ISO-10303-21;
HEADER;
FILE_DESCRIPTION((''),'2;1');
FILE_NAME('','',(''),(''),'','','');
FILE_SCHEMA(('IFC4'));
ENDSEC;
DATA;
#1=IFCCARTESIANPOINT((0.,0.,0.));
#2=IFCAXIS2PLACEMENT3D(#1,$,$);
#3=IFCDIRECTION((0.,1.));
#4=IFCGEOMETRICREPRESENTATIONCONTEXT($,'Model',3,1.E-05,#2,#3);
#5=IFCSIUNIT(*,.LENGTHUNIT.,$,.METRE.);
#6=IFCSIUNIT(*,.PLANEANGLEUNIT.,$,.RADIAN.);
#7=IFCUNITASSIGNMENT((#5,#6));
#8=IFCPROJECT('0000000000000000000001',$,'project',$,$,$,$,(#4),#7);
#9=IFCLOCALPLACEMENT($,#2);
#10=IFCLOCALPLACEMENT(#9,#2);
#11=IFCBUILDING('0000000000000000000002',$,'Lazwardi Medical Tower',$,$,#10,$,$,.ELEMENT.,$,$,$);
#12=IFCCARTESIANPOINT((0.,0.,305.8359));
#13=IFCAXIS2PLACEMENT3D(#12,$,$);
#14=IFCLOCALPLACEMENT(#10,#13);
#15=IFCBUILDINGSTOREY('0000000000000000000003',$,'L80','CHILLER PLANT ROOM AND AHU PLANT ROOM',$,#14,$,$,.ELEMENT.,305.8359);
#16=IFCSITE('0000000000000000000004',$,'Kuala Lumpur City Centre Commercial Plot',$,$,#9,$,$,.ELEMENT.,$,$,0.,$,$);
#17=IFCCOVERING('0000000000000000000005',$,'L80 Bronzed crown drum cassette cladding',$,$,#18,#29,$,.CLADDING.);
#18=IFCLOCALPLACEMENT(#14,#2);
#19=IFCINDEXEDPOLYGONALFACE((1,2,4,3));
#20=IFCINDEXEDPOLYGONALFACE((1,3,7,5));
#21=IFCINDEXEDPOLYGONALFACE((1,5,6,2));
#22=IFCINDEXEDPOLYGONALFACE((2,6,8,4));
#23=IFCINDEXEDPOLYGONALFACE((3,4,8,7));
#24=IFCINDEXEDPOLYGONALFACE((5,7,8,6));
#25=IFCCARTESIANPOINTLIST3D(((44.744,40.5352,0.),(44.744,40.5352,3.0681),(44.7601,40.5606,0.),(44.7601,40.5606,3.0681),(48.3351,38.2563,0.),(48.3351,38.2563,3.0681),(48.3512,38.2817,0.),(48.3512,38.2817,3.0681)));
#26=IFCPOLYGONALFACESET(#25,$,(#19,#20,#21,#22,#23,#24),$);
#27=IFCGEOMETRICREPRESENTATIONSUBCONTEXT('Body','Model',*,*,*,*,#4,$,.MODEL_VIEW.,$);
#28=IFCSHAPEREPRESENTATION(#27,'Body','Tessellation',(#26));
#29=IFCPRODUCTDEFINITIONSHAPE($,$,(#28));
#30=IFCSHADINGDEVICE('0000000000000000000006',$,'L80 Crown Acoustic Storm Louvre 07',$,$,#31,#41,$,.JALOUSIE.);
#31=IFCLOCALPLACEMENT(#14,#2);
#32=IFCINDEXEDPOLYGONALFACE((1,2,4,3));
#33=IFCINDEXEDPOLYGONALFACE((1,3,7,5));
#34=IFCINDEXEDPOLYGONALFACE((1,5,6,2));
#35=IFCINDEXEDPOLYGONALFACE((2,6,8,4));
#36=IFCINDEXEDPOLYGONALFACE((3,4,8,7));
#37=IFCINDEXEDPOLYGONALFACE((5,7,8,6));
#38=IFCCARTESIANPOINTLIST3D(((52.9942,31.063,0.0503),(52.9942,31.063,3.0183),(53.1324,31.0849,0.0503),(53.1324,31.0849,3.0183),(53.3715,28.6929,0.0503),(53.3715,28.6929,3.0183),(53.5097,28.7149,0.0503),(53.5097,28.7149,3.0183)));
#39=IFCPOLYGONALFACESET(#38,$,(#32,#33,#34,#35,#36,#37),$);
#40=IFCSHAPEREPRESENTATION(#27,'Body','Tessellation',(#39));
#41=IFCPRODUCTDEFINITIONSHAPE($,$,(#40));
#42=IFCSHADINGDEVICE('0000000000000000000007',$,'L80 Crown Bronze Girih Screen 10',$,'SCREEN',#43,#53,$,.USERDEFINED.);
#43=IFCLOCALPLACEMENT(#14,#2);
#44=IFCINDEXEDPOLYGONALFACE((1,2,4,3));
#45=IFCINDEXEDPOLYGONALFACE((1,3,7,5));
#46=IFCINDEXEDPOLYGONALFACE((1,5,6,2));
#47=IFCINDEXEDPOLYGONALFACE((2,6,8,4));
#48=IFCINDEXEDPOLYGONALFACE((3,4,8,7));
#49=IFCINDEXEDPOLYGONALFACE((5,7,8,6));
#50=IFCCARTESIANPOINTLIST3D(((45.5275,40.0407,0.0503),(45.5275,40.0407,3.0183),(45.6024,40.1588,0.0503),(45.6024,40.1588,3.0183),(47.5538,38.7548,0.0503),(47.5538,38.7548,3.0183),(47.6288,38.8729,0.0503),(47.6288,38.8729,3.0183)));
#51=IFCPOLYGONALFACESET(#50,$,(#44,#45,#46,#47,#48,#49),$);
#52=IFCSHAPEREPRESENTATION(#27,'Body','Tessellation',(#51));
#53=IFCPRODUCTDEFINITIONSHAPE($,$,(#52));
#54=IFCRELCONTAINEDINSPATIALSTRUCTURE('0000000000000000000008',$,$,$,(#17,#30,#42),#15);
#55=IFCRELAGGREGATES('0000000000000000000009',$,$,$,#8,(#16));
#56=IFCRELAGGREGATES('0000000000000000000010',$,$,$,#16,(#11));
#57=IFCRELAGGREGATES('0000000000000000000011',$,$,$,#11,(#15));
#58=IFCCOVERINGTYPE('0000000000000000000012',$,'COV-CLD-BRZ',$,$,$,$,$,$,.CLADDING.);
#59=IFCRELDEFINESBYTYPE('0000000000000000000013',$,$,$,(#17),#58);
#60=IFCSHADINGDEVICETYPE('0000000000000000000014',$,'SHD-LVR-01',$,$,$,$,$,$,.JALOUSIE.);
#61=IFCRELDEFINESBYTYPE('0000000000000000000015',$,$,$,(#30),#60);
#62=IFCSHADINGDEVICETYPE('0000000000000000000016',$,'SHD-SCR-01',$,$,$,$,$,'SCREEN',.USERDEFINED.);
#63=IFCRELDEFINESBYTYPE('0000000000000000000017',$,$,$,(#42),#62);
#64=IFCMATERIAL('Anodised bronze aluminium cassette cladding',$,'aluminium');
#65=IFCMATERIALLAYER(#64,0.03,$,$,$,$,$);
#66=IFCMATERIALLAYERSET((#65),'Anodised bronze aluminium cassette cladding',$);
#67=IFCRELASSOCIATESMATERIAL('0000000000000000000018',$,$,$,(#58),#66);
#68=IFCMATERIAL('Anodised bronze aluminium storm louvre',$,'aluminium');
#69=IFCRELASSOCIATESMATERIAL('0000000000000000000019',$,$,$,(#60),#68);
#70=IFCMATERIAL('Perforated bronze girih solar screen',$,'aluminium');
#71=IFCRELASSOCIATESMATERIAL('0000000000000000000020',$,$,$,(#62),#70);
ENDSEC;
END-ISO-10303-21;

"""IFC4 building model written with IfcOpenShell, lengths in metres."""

from ifc_helpers import new_model, si_unit, direction, frame, origin, origin_2d, place, context, subcontext, project, spatial, rectangle, extrude, material, layer, layer_set, type_object, element, save


model = new_model("IFC4")

# Units and contexts
model_context = context("Model", 3, precision=1e-05, world=origin(), true_north=direction((0.0, 1.0)))
body_context = subcontext(model_context, "Body", "Model", "MODEL_VIEW")
ifc_project = project(units=[si_unit("LENGTHUNIT", "METRE"), si_unit("PLANEANGLEUNIT", "RADIAN")], contexts=[model_context])

# Site, building, storey
site_placement = place(None, origin())
site = spatial("IfcSite", under=ifc_project, at=site_placement, Name="Kuala Lumpur City Centre Commercial Plot", CompositionType="ELEMENT", RefElevation=0.0)
building_placement = place(site_placement, origin())
building = spatial("IfcBuilding", under=site, at=building_placement, Name="Lazwardi Medical Tower", CompositionType="ELEMENT")
storey_placement = place(building_placement, frame((0.0, 0.0, 305.8359)))
storey = spatial("IfcBuildingStorey", under=building, at=storey_placement, Name="L80", Description="CHILLER PLANT ROOM AND AHU PLANT ROOM", CompositionType="ELEMENT", Elevation=305.8359)

# Covering
ifc_material_1 = material(Name="Anodised bronze aluminium cassette cladding", Category="aluminium")
ifc_layer_1 = layer(ifc_material_1, 0.03)
ifc_layer_set_1 = layer_set([ifc_layer_1], Name="Anodised bronze aluminium cassette cladding")
covering_type = type_object("IfcCoveringType", Name="COV-CLD-BRZ", PredefinedType="CLADDING", material=ifc_layer_set_1)
covering_1_placement = place(storey_placement, frame((46.5476, 39.4084, 0.0), z_axis=(0.0, 0.0, 1.0), x_axis=(-0.844343, 0.535803, 0.0)))
element("IfcCovering", 1, at=covering_1_placement, inside=storey, type_object=covering_type, Name="L80 Bronzed crown drum cassette cladding", PredefinedType="CLADDING", context=body_context, shape_type="SweptSolid", body=[
    extrude(rectangle(XDim=4.2532, YDim=0.03, at=origin_2d()), origin(), (0.0, 0.0, 1.0), 3.0681),
])

# Shading devices
ifc_material_2 = material(Name="Anodised bronze aluminium storm louvre", Category="aluminium")
shading_device_type_1 = type_object("IfcShadingDeviceType", Name="SHD-LVR-01", PredefinedType="JALOUSIE", material=ifc_material_2)
shading_device_1_placement = place(storey_placement, frame((53.252, 29.8889, 0.0503), z_axis=(0.0, 0.0, 1.0), x_axis=(-0.157202, 0.987567, 0.0)))
element("IfcShadingDevice", 2, at=shading_device_1_placement, inside=storey, type_object=shading_device_type_1, Name="L80 Crown Acoustic Storm Louvre 07", PredefinedType="JALOUSIE", context=body_context, shape_type="SweptSolid", body=[
    extrude(rectangle(XDim=2.3999, YDim=0.1399, at=origin_2d()), origin(), (0.0, 0.0, 1.0), 2.968),
])
ifc_material_3 = material(Name="Perforated bronze girih solar screen", Category="aluminium")
shading_device_type_2 = type_object("IfcShadingDeviceType", Name="SHD-SCR-01", ElementType="SCREEN", PredefinedType="USERDEFINED", material=ifc_material_3)
shading_device_2_placement = place(storey_placement, frame((46.5781, 39.4568, 0.0503), z_axis=(0.0, 0.0, 1.0), x_axis=(-0.844343, 0.535803, 0.0)))
element("IfcShadingDevice", 3, at=shading_device_2_placement, inside=storey, type_object=shading_device_type_2, Name="L80 Crown Bronze Girih Screen 10", ObjectType="SCREEN", PredefinedType="USERDEFINED", context=body_context, shape_type="SweptSolid", body=[
    extrude(rectangle(XDim=2.3999, YDim=0.1399, at=origin_2d()), origin(), (0.0, 0.0, 1.0), 2.968),
])

save(model, "model.ifc")
